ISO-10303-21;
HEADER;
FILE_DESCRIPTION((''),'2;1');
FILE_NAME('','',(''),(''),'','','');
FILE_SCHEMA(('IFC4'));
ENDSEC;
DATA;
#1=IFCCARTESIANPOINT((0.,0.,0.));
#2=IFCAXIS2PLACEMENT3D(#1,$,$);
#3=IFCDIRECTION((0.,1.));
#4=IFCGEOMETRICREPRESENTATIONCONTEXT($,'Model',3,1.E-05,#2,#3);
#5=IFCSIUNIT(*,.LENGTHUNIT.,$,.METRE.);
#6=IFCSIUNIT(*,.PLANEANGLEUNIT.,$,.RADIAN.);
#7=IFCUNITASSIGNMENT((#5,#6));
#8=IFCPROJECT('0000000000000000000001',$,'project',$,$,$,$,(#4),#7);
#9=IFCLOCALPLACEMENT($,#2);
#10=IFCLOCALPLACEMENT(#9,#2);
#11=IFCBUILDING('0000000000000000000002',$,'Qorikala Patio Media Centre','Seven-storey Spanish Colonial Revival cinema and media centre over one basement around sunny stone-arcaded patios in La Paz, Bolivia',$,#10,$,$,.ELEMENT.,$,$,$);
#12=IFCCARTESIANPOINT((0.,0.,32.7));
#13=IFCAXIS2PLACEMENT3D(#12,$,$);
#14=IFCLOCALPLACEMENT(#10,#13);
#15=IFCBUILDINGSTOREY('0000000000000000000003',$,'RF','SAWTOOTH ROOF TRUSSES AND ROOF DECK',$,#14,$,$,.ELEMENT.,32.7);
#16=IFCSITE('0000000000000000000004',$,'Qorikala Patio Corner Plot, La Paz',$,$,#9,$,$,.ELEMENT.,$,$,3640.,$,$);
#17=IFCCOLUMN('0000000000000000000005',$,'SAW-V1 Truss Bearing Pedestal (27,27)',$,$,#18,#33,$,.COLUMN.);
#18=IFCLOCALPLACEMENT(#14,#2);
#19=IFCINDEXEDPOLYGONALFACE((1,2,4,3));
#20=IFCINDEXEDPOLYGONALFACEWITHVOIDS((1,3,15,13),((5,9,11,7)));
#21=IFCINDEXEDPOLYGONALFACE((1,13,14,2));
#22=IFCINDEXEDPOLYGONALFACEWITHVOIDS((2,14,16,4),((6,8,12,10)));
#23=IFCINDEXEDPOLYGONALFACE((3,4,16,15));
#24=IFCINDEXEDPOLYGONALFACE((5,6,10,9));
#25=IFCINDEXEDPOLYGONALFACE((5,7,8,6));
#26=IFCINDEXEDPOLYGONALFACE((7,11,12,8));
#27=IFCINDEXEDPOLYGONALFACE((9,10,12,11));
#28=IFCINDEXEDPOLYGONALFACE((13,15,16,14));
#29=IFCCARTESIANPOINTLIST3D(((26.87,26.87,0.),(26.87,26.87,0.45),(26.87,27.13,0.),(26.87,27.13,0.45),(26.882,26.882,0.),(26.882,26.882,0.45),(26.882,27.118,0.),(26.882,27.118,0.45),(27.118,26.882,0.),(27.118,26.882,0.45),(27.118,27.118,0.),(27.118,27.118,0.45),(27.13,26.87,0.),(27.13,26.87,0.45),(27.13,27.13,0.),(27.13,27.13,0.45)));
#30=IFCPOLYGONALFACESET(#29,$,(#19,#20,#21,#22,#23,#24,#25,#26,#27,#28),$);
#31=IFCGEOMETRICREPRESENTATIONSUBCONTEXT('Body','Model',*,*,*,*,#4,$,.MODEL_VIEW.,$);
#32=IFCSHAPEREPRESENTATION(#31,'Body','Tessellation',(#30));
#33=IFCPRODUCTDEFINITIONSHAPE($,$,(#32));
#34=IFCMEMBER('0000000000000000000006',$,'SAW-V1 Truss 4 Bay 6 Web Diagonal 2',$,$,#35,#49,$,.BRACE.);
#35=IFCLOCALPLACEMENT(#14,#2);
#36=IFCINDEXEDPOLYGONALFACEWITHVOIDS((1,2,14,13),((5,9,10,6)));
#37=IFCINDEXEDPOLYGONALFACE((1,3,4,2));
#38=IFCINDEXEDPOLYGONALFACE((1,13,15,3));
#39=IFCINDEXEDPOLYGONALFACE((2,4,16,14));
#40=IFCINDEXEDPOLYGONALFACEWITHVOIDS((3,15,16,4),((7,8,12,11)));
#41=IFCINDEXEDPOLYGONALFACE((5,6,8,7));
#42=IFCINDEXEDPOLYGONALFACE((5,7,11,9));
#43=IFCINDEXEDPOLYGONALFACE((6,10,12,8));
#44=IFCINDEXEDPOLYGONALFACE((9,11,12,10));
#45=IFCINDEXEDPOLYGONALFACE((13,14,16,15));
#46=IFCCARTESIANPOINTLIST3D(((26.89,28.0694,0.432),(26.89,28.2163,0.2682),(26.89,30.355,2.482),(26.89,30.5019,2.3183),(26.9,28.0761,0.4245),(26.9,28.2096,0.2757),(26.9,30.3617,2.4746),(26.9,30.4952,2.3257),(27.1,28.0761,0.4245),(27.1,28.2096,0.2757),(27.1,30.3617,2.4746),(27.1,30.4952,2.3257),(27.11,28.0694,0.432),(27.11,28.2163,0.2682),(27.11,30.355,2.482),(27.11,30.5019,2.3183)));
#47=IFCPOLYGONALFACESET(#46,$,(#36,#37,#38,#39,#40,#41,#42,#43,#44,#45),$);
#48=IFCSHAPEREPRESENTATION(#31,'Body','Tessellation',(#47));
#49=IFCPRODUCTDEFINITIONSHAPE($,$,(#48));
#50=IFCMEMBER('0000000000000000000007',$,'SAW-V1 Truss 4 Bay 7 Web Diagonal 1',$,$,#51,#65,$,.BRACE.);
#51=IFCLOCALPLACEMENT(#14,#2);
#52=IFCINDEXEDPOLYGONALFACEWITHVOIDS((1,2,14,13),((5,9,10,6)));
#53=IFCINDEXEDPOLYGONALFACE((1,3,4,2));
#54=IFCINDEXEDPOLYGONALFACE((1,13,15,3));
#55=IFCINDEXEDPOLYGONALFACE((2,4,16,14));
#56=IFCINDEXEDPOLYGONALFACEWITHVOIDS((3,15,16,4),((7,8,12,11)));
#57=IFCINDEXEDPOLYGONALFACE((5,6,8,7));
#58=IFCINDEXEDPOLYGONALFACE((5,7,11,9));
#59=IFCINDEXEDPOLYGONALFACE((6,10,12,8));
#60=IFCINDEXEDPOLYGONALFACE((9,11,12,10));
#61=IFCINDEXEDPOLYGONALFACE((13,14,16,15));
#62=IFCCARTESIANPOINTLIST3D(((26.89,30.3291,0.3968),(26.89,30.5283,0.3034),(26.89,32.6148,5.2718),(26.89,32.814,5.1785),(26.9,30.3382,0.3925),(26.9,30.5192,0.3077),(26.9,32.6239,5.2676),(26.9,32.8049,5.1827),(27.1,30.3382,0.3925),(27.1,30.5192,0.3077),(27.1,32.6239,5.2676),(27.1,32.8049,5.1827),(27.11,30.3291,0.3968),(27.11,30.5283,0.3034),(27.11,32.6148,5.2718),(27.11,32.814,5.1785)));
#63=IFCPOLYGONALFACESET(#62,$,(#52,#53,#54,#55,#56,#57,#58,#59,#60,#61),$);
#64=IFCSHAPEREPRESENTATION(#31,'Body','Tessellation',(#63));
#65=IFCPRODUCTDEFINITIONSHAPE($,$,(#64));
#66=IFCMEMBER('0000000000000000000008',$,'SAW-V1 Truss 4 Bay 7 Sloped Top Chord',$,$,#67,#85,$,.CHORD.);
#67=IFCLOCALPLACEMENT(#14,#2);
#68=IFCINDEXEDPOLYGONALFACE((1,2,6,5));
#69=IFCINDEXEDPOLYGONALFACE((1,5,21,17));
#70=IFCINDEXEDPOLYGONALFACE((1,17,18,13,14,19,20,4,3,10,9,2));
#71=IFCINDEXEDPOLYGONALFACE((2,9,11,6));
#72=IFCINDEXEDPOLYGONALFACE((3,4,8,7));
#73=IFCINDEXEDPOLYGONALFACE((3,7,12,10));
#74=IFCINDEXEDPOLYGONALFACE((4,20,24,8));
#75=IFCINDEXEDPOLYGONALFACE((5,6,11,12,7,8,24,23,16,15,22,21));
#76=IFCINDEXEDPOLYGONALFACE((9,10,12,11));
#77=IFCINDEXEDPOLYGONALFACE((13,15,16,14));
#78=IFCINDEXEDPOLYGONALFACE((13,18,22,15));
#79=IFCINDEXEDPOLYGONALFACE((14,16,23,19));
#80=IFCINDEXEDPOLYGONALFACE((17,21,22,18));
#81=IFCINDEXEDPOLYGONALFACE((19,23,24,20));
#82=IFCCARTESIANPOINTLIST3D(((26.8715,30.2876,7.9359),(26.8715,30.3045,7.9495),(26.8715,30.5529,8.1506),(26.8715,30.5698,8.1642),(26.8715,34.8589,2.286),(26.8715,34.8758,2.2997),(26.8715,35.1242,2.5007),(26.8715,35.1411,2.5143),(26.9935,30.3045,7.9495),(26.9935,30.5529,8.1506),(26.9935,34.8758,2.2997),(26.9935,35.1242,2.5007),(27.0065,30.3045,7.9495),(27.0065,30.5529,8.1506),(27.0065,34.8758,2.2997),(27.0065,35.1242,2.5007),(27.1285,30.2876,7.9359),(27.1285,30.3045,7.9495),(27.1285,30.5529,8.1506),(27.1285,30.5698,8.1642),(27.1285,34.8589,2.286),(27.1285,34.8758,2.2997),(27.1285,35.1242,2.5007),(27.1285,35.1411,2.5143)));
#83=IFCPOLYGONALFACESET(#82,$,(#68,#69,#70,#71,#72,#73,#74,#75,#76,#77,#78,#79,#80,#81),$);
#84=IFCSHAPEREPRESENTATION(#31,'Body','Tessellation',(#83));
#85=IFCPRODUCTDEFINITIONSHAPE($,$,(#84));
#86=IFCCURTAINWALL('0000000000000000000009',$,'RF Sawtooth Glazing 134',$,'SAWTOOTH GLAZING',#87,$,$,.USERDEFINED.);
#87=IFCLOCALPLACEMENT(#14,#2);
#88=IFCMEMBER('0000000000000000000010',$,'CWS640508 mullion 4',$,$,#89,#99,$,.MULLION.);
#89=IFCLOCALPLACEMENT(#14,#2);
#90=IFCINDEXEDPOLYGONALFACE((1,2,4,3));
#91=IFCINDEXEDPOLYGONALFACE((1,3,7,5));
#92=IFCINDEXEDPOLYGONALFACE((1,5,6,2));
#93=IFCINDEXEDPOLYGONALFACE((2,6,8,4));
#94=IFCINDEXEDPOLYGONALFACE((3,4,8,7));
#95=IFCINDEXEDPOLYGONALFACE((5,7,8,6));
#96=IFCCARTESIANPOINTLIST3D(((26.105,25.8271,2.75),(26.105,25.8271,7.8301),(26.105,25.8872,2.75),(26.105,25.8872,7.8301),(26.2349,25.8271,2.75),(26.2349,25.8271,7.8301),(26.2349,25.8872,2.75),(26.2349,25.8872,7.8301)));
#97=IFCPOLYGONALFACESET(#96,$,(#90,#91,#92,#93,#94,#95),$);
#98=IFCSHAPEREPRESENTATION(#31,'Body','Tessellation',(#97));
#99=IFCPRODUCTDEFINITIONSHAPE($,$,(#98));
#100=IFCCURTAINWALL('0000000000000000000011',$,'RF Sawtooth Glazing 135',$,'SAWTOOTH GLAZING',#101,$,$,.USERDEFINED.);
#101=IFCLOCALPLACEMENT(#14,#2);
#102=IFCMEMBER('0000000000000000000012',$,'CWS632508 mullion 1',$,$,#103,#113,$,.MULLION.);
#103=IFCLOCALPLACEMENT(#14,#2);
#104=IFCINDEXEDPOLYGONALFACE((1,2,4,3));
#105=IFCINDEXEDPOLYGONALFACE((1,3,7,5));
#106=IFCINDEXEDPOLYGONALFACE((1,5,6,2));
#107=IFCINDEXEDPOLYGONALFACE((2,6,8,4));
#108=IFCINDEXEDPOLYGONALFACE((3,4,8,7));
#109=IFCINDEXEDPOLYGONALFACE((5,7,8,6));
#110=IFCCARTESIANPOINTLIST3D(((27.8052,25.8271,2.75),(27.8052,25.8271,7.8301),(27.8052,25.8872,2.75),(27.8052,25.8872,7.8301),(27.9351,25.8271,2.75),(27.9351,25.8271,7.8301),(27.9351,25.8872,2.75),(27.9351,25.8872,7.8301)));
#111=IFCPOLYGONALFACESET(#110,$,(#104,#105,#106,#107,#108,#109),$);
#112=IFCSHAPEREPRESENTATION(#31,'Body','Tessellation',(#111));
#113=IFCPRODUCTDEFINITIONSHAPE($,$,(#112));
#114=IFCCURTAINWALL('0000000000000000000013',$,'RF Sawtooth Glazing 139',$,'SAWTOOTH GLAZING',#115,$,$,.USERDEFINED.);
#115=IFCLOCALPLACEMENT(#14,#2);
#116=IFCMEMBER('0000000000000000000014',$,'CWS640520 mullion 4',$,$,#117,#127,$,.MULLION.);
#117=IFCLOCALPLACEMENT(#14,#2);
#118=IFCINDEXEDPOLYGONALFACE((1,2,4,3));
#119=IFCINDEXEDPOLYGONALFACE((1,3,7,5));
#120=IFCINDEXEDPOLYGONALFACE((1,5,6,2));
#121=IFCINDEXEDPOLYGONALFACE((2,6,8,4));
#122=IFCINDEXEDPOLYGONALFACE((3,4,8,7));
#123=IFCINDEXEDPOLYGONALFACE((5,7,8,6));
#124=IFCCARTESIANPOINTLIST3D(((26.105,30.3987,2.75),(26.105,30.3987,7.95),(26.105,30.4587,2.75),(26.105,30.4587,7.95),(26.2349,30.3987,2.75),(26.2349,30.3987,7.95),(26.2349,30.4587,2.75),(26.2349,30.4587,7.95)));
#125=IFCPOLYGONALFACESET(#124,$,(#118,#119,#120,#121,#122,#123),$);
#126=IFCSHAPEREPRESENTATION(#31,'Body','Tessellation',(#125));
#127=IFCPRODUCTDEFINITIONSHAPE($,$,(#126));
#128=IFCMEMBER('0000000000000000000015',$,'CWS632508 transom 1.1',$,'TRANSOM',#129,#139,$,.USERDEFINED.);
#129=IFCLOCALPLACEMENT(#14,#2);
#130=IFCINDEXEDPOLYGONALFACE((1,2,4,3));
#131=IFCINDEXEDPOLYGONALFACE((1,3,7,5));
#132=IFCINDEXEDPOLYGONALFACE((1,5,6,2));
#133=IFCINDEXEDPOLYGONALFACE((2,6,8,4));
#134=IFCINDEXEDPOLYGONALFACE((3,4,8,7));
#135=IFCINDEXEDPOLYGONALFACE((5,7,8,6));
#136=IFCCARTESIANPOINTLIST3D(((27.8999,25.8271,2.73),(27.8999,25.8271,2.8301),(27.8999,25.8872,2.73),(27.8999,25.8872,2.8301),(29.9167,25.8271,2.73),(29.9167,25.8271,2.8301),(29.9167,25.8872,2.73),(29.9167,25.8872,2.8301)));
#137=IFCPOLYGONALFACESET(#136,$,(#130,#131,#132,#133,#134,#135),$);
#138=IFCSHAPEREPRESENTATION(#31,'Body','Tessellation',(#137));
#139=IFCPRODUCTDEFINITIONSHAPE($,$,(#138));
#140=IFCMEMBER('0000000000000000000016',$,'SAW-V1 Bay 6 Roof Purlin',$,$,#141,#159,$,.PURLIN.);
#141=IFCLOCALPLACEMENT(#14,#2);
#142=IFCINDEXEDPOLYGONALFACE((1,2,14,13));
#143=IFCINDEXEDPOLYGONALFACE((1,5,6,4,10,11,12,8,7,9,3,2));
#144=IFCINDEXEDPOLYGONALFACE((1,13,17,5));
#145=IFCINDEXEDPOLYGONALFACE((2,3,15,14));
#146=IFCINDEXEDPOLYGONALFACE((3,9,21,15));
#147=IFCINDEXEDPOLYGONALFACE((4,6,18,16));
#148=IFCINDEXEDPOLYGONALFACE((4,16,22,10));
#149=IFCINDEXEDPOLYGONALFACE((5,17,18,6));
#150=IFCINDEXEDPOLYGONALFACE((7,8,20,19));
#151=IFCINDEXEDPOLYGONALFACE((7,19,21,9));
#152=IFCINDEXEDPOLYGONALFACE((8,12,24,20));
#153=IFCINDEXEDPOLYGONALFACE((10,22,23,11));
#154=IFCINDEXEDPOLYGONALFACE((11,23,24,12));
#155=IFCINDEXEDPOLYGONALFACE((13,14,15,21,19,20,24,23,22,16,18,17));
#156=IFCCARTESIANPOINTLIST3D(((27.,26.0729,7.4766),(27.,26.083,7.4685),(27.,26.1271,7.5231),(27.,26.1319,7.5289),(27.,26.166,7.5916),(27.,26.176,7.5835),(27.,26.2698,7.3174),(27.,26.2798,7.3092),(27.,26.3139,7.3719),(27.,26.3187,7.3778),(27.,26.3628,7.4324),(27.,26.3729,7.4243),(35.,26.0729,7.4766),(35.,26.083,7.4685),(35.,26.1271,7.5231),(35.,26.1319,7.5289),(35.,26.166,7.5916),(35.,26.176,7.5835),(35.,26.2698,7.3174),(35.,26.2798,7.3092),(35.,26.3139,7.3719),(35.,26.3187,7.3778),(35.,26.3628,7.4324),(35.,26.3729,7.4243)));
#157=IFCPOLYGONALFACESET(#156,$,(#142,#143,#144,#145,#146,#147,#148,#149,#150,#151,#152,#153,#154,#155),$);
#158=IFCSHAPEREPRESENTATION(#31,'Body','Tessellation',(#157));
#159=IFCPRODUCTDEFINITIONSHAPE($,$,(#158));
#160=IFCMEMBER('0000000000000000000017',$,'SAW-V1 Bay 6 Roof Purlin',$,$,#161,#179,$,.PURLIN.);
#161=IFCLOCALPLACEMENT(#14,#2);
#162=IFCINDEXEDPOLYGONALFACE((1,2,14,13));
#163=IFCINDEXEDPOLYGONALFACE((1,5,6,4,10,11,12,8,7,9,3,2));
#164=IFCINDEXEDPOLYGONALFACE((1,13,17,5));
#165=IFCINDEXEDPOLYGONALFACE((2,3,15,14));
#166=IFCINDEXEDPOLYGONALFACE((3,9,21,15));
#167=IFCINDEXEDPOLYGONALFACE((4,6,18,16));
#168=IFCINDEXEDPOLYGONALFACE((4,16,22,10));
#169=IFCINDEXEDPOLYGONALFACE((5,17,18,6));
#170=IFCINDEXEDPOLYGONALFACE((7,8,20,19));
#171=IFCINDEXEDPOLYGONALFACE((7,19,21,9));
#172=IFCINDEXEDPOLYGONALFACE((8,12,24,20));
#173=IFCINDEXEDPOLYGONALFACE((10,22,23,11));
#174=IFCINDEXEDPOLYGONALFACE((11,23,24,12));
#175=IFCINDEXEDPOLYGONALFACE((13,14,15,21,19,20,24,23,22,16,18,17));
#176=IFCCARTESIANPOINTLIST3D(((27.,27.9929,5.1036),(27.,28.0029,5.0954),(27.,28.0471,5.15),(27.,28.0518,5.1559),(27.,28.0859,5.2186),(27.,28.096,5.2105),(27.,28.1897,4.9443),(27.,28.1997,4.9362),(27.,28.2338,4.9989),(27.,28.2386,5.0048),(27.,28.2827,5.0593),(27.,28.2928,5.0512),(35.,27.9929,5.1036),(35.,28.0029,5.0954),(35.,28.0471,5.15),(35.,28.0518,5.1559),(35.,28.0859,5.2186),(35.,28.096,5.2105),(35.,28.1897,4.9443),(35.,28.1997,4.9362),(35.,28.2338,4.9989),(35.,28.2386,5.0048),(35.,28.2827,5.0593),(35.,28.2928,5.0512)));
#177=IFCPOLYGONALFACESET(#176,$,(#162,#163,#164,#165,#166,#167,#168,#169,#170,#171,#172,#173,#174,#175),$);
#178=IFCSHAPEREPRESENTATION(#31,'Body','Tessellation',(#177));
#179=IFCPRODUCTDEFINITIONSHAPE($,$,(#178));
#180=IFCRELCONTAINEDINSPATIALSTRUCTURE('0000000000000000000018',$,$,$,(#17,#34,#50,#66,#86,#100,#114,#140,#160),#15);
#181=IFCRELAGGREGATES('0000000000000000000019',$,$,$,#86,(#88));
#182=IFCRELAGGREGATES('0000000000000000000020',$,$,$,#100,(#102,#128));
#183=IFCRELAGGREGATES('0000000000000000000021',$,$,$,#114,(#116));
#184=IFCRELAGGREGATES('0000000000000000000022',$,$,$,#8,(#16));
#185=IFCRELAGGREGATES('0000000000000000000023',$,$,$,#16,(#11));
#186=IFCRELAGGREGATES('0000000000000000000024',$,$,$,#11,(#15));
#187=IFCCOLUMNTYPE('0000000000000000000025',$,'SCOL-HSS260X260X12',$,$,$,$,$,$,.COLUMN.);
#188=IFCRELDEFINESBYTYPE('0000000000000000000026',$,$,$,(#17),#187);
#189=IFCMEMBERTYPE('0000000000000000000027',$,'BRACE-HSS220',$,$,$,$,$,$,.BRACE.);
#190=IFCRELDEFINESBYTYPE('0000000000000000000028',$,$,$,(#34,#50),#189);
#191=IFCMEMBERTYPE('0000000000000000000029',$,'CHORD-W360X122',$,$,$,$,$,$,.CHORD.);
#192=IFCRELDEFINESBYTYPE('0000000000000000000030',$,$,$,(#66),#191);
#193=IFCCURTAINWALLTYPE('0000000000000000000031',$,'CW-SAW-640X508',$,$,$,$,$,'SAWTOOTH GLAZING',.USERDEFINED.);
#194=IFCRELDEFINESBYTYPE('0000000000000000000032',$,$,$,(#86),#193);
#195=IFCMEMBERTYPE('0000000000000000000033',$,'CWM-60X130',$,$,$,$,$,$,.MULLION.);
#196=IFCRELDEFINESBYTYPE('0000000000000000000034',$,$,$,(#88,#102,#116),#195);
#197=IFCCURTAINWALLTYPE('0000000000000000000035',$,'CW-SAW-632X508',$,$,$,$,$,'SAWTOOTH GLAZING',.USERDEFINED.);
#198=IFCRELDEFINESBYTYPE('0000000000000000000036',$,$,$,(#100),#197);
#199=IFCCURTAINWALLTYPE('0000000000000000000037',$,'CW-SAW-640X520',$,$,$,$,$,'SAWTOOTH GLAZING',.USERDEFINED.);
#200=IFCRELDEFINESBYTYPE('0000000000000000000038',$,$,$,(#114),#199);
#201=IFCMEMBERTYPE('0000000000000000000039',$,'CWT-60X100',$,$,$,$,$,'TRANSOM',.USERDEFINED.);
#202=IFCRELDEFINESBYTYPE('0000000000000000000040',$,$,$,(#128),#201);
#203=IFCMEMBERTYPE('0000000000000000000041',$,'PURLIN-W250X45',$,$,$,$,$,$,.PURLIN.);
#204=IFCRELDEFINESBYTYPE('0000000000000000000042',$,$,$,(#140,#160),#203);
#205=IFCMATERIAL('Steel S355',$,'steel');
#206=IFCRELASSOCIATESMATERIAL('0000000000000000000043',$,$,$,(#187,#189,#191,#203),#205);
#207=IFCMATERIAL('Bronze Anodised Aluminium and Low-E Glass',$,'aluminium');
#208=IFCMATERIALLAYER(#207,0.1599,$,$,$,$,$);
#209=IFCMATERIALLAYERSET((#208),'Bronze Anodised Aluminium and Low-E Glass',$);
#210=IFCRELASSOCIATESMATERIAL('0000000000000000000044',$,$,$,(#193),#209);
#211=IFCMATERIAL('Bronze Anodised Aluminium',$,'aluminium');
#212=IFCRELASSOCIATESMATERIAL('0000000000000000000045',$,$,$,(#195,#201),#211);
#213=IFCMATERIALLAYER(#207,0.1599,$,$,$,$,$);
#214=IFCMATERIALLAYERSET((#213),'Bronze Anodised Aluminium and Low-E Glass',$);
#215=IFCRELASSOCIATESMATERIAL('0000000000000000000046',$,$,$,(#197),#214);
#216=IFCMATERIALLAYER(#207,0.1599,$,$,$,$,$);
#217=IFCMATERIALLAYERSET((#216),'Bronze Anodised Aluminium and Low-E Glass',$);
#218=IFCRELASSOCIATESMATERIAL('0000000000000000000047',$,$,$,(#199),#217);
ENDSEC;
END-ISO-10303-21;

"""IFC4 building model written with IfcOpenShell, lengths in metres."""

from ifc_helpers import new_model, si_unit, direction, frame, origin, origin_2d, place, context, subcontext, project, spatial, rectangle, hollow_rectangle, i_section, extrude, material, layer, layer_set, material_profile, profile_set, type_object, element, aggregate, save


model = new_model("IFC4")

# Units and contexts
model_context = context("Model", 3, precision=1e-05, world=origin(), true_north=direction((0.0, 1.0)))
body_context = subcontext(model_context, "Body", "Model", "MODEL_VIEW")
ifc_project = project(units=[si_unit("LENGTHUNIT", "METRE"), si_unit("PLANEANGLEUNIT", "RADIAN")], contexts=[model_context])

# Site, building, storey
site_placement = place(None, origin())
site = spatial("IfcSite", under=ifc_project, at=site_placement, Name="Qorikala Patio Corner Plot, La Paz", CompositionType="ELEMENT", RefElevation=3640.0)
building_placement = place(site_placement, origin())
building = spatial("IfcBuilding", under=site, at=building_placement, Name="Qorikala Patio Media Centre", Description="Seven-storey Spanish Colonial Revival cinema and media centre over one basement around sunny stone-arcaded patios in La Paz, Bolivia", CompositionType="ELEMENT")
storey_placement = place(building_placement, frame((0.0, 0.0, 32.7)))
storey = spatial("IfcBuildingStorey", under=building, at=storey_placement, Name="RF", Description="SAWTOOTH ROOF TRUSSES AND ROOF DECK", CompositionType="ELEMENT", Elevation=32.7)

# Column
ifc_material_1 = material(Name="Steel S355", Category="steel")
ifc_material_profile_1 = material_profile(ifc_material_1, hollow_rectangle(XDim=0.26, YDim=0.26, WallThickness=0.012, at=origin_2d()), Name="HSS260X260X12")
ifc_profile_set_1 = profile_set([ifc_material_profile_1], Name="Steel S355")
column_type = type_object("IfcColumnType", Name="SCOL-HSS260X260X12", PredefinedType="COLUMN", material=ifc_profile_set_1)
column_placement = place(storey_placement, frame((27.0, 27.0, 0.0), z_axis=(0.0, 0.0, 1.0), x_axis=(1.0, 0.0, 0.0)))
element("IfcColumn", 1, at=column_placement, inside=storey, type_object=column_type, Name="SAW-V1 Truss Bearing Pedestal (27,27)", PredefinedType="COLUMN", context=body_context, shape_type="SweptSolid", body=[
    extrude(hollow_rectangle(XDim=0.26, YDim=0.26, WallThickness=0.012, at=origin_2d()), origin(), (0.0, 0.0, 1.0), 0.45),
])

# Members
ifc_material_profile_2 = material_profile(ifc_material_1, hollow_rectangle(XDim=0.22, YDim=0.22, WallThickness=0.01, at=origin_2d()), Name="HSS220X220X10")
ifc_profile_set_2 = profile_set([ifc_material_profile_2], Name="Steel S355")
member_type_1 = type_object("IfcMemberType", Name="BRACE-HSS220", PredefinedType="BRACE", material=ifc_profile_set_2)
member_1_placement = place(storey_placement, frame((27.0, 28.1428, 0.3501), z_axis=(0.0, 0.744432, 0.667699), x_axis=(-1.0, 0.0, 0.0)))
element("IfcMember", 2, at=member_1_placement, inside=storey, type_object=member_type_1, Name="SAW-V1 Truss 4 Bay 6 Web Diagonal 2", PredefinedType="BRACE", context=body_context, shape_type="SweptSolid", body=[
    extrude(hollow_rectangle(XDim=0.22, YDim=0.22, WallThickness=0.01, at=origin_2d()), origin(), (0.0, 0.0, 1.0), 3.0703),
])
member_2_placement = place(storey_placement, frame((27.0, 30.4287, 0.3501), z_axis=(0.0, 0.424508, 0.905424), x_axis=(-1.0, 0.0, 0.0)))
element("IfcMember", 3, at=member_2_placement, inside=storey, type_object=member_type_1, Name="SAW-V1 Truss 4 Bay 7 Web Diagonal 1", PredefinedType="BRACE", context=body_context, shape_type="SweptSolid", body=[
    extrude(hollow_rectangle(XDim=0.22, YDim=0.22, WallThickness=0.01, at=origin_2d()), origin(), (0.0, 0.0, 1.0), 5.3843),
])
ifc_material_profile_3 = material_profile(ifc_material_1, i_section(OverallWidth=0.2571, OverallDepth=0.363, WebThickness=0.0129, FlangeThickness=0.0217, at=origin_2d()), Name="W360X122")
ifc_profile_set_3 = profile_set([ifc_material_profile_3], Name="Steel S355")
member_type_2 = type_object("IfcMemberType", Name="CHORD-W360X122", PredefinedType="CHORD", material=ifc_profile_set_3)
member_3_placement = place(storey_placement, frame((27.0, 30.4287, 8.05), z_axis=(0.0, 0.628995, -0.777409), x_axis=(-1.0, 0.0, 0.0)))
element("IfcMember", 4, at=member_3_placement, inside=storey, type_object=member_type_2, Name="SAW-V1 Truss 4 Bay 7 Sloped Top Chord", PredefinedType="CHORD", context=body_context, shape_type="SweptSolid", body=[
    extrude(i_section(OverallWidth=0.2571, OverallDepth=0.363, WebThickness=0.0129, FlangeThickness=0.0217, at=origin_2d()), origin(), (0.0, 0.0, 1.0), 7.2676),
])

# Curtain walls, members
ifc_material_2 = material(Name="Bronze Anodised Aluminium and Low-E Glass", Category="aluminium")
ifc_layer_1 = layer(ifc_material_2, 0.1599)
ifc_layer_set_1 = layer_set([ifc_layer_1], Name="Bronze Anodised Aluminium and Low-E Glass")
curtain_wall_type_1 = type_object("IfcCurtainWallType", Name="CW-SAW-640X508", ElementType="SAWTOOTH GLAZING", PredefinedType="USERDEFINED", material=ifc_layer_set_1)
curtain_wall_1_placement = place(storey_placement, origin())
curtain_wall_1 = element("IfcCurtainWall", 5, at=curtain_wall_1_placement, inside=storey, type_object=curtain_wall_type_1, Name="RF Sawtooth Glazing 134", ObjectType="SAWTOOTH GLAZING", PredefinedType="USERDEFINED")
ifc_material_3 = material(Name="Bronze Anodised Aluminium", Category="aluminium")
ifc_material_profile_4 = material_profile(ifc_material_3, rectangle(XDim=0.0601, YDim=0.1299, at=origin_2d()), Name="ALU MULLION 60x130")
ifc_profile_set_4 = profile_set([ifc_material_profile_4], Name="Bronze Anodised Aluminium")
member_type_3 = type_object("IfcMemberType", Name="CWM-60X130", PredefinedType="MULLION", material=ifc_profile_set_4)
member_4_placement = place(storey_placement, frame((26.1699, 25.8572, 2.75), z_axis=(0.0, 0.0, 1.0), x_axis=(0.0, 1.0, 0.0)))
member_4 = element("IfcMember", 6, at=member_4_placement, type_object=member_type_3, Name="CWS640508 mullion 4", PredefinedType="MULLION", context=body_context, shape_type="SweptSolid", body=[
    extrude(rectangle(XDim=0.0601, YDim=0.1299, at=origin_2d()), origin(), (0.0, 0.0, 1.0), 5.0801),
])
aggregate(curtain_wall_1, [member_4])
ifc_layer_2 = layer(ifc_material_2, 0.1599)
ifc_layer_set_2 = layer_set([ifc_layer_2], Name="Bronze Anodised Aluminium and Low-E Glass")
curtain_wall_type_2 = type_object("IfcCurtainWallType", Name="CW-SAW-632X508", ElementType="SAWTOOTH GLAZING", PredefinedType="USERDEFINED", material=ifc_layer_set_2)
curtain_wall_2_placement = place(storey_placement, origin())
curtain_wall_2 = element("IfcCurtainWall", 7, at=curtain_wall_2_placement, inside=storey, type_object=curtain_wall_type_2, Name="RF Sawtooth Glazing 135", ObjectType="SAWTOOTH GLAZING", PredefinedType="USERDEFINED")
member_5_placement = place(storey_placement, frame((27.8701, 25.8572, 2.75), z_axis=(0.0, 0.0, 1.0), x_axis=(0.0, 1.0, 0.0)))
member_5 = element("IfcMember", 8, at=member_5_placement, type_object=member_type_3, Name="CWS632508 mullion 1", PredefinedType="MULLION", context=body_context, shape_type="SweptSolid", body=[
    extrude(rectangle(XDim=0.0601, YDim=0.1299, at=origin_2d()), origin(), (0.0, 0.0, 1.0), 5.0801),
])
ifc_layer_3 = layer(ifc_material_2, 0.1599)
ifc_layer_set_3 = layer_set([ifc_layer_3], Name="Bronze Anodised Aluminium and Low-E Glass")
curtain_wall_type_3 = type_object("IfcCurtainWallType", Name="CW-SAW-640X520", ElementType="SAWTOOTH GLAZING", PredefinedType="USERDEFINED", material=ifc_layer_set_3)
curtain_wall_3_placement = place(storey_placement, origin())
curtain_wall_3 = element("IfcCurtainWall", 9, at=curtain_wall_3_placement, inside=storey, type_object=curtain_wall_type_3, Name="RF Sawtooth Glazing 139", ObjectType="SAWTOOTH GLAZING", PredefinedType="USERDEFINED")
member_6_placement = place(storey_placement, frame((26.1699, 30.4287, 2.75), z_axis=(0.0, 0.0, 1.0), x_axis=(0.0, 1.0, 0.0)))
member_6 = element("IfcMember", 10, at=member_6_placement, type_object=member_type_3, Name="CWS640520 mullion 4", PredefinedType="MULLION", context=body_context, shape_type="SweptSolid", body=[
    extrude(rectangle(XDim=0.0601, YDim=0.1299, at=origin_2d()), origin(), (0.0, 0.0, 1.0), 5.2),
])

# Member
ifc_material_profile_5 = material_profile(ifc_material_3, rectangle(XDim=0.0601, YDim=0.1001, at=origin_2d()), Name="ALU TRANSOM 60x100")
ifc_profile_set_5 = profile_set([ifc_material_profile_5], Name="Bronze Anodised Aluminium")
member_type_4 = type_object("IfcMemberType", Name="CWT-60X100", ElementType="TRANSOM", PredefinedType="USERDEFINED", material=ifc_profile_set_5)
member_7_placement = place(storey_placement, frame((27.8999, 25.8572, 2.78), z_axis=(1.0, 0.0, 0.0), x_axis=(0.0, 1.0, 0.0)))
member_7 = element("IfcMember", 11, at=member_7_placement, type_object=member_type_4, Name="CWS632508 transom 1.1", ObjectType="TRANSOM", PredefinedType="USERDEFINED", context=body_context, shape_type="SweptSolid", body=[
    extrude(rectangle(XDim=0.0601, YDim=0.1001, at=origin_2d()), origin(), (0.0, 0.0, 1.0), 2.0168),
])
aggregate(curtain_wall_2, [member_5, member_7])

# Members
ifc_material_profile_6 = material_profile(ifc_material_1, i_section(OverallWidth=0.1479, OverallDepth=0.2661, WebThickness=0.0076, FlangeThickness=0.0129, at=origin_2d()), Name="W250X45")
ifc_profile_set_6 = profile_set([ifc_material_profile_6], Name="Steel S355")
member_type_5 = type_object("IfcMemberType", Name="PURLIN-W250X45", PredefinedType="PURLIN", material=ifc_profile_set_6)
for number, where, z_axis, x_axis, name in (
    (12, (27.0, 26.2229, 7.4504), (1.0, 0.0, 0.0), (0.0, 0.628995, 0.77741), "SAW-V1 Bay 6 Roof Purlin"),
    (13, (27.0, 28.1428, 5.0774), (1.0, 0.0, 0.0), (0.0, 0.628995, 0.77741), "SAW-V1 Bay 6 Roof Purlin"),
):
    element("IfcMember", number, at=place(storey_placement, frame(where, z_axis=z_axis, x_axis=x_axis)), inside=storey, type_object=member_type_5, Name=name, PredefinedType="PURLIN", context=body_context, shape_type="SweptSolid", body=[
        extrude(i_section(OverallWidth=0.1479, OverallDepth=0.2661, WebThickness=0.0076, FlangeThickness=0.0129, at=origin_2d()), origin(), (0.0, 0.0, 1.0), 8.0),
    ])

aggregate(curtain_wall_3, [member_6])

save(model, "model.ifc")
